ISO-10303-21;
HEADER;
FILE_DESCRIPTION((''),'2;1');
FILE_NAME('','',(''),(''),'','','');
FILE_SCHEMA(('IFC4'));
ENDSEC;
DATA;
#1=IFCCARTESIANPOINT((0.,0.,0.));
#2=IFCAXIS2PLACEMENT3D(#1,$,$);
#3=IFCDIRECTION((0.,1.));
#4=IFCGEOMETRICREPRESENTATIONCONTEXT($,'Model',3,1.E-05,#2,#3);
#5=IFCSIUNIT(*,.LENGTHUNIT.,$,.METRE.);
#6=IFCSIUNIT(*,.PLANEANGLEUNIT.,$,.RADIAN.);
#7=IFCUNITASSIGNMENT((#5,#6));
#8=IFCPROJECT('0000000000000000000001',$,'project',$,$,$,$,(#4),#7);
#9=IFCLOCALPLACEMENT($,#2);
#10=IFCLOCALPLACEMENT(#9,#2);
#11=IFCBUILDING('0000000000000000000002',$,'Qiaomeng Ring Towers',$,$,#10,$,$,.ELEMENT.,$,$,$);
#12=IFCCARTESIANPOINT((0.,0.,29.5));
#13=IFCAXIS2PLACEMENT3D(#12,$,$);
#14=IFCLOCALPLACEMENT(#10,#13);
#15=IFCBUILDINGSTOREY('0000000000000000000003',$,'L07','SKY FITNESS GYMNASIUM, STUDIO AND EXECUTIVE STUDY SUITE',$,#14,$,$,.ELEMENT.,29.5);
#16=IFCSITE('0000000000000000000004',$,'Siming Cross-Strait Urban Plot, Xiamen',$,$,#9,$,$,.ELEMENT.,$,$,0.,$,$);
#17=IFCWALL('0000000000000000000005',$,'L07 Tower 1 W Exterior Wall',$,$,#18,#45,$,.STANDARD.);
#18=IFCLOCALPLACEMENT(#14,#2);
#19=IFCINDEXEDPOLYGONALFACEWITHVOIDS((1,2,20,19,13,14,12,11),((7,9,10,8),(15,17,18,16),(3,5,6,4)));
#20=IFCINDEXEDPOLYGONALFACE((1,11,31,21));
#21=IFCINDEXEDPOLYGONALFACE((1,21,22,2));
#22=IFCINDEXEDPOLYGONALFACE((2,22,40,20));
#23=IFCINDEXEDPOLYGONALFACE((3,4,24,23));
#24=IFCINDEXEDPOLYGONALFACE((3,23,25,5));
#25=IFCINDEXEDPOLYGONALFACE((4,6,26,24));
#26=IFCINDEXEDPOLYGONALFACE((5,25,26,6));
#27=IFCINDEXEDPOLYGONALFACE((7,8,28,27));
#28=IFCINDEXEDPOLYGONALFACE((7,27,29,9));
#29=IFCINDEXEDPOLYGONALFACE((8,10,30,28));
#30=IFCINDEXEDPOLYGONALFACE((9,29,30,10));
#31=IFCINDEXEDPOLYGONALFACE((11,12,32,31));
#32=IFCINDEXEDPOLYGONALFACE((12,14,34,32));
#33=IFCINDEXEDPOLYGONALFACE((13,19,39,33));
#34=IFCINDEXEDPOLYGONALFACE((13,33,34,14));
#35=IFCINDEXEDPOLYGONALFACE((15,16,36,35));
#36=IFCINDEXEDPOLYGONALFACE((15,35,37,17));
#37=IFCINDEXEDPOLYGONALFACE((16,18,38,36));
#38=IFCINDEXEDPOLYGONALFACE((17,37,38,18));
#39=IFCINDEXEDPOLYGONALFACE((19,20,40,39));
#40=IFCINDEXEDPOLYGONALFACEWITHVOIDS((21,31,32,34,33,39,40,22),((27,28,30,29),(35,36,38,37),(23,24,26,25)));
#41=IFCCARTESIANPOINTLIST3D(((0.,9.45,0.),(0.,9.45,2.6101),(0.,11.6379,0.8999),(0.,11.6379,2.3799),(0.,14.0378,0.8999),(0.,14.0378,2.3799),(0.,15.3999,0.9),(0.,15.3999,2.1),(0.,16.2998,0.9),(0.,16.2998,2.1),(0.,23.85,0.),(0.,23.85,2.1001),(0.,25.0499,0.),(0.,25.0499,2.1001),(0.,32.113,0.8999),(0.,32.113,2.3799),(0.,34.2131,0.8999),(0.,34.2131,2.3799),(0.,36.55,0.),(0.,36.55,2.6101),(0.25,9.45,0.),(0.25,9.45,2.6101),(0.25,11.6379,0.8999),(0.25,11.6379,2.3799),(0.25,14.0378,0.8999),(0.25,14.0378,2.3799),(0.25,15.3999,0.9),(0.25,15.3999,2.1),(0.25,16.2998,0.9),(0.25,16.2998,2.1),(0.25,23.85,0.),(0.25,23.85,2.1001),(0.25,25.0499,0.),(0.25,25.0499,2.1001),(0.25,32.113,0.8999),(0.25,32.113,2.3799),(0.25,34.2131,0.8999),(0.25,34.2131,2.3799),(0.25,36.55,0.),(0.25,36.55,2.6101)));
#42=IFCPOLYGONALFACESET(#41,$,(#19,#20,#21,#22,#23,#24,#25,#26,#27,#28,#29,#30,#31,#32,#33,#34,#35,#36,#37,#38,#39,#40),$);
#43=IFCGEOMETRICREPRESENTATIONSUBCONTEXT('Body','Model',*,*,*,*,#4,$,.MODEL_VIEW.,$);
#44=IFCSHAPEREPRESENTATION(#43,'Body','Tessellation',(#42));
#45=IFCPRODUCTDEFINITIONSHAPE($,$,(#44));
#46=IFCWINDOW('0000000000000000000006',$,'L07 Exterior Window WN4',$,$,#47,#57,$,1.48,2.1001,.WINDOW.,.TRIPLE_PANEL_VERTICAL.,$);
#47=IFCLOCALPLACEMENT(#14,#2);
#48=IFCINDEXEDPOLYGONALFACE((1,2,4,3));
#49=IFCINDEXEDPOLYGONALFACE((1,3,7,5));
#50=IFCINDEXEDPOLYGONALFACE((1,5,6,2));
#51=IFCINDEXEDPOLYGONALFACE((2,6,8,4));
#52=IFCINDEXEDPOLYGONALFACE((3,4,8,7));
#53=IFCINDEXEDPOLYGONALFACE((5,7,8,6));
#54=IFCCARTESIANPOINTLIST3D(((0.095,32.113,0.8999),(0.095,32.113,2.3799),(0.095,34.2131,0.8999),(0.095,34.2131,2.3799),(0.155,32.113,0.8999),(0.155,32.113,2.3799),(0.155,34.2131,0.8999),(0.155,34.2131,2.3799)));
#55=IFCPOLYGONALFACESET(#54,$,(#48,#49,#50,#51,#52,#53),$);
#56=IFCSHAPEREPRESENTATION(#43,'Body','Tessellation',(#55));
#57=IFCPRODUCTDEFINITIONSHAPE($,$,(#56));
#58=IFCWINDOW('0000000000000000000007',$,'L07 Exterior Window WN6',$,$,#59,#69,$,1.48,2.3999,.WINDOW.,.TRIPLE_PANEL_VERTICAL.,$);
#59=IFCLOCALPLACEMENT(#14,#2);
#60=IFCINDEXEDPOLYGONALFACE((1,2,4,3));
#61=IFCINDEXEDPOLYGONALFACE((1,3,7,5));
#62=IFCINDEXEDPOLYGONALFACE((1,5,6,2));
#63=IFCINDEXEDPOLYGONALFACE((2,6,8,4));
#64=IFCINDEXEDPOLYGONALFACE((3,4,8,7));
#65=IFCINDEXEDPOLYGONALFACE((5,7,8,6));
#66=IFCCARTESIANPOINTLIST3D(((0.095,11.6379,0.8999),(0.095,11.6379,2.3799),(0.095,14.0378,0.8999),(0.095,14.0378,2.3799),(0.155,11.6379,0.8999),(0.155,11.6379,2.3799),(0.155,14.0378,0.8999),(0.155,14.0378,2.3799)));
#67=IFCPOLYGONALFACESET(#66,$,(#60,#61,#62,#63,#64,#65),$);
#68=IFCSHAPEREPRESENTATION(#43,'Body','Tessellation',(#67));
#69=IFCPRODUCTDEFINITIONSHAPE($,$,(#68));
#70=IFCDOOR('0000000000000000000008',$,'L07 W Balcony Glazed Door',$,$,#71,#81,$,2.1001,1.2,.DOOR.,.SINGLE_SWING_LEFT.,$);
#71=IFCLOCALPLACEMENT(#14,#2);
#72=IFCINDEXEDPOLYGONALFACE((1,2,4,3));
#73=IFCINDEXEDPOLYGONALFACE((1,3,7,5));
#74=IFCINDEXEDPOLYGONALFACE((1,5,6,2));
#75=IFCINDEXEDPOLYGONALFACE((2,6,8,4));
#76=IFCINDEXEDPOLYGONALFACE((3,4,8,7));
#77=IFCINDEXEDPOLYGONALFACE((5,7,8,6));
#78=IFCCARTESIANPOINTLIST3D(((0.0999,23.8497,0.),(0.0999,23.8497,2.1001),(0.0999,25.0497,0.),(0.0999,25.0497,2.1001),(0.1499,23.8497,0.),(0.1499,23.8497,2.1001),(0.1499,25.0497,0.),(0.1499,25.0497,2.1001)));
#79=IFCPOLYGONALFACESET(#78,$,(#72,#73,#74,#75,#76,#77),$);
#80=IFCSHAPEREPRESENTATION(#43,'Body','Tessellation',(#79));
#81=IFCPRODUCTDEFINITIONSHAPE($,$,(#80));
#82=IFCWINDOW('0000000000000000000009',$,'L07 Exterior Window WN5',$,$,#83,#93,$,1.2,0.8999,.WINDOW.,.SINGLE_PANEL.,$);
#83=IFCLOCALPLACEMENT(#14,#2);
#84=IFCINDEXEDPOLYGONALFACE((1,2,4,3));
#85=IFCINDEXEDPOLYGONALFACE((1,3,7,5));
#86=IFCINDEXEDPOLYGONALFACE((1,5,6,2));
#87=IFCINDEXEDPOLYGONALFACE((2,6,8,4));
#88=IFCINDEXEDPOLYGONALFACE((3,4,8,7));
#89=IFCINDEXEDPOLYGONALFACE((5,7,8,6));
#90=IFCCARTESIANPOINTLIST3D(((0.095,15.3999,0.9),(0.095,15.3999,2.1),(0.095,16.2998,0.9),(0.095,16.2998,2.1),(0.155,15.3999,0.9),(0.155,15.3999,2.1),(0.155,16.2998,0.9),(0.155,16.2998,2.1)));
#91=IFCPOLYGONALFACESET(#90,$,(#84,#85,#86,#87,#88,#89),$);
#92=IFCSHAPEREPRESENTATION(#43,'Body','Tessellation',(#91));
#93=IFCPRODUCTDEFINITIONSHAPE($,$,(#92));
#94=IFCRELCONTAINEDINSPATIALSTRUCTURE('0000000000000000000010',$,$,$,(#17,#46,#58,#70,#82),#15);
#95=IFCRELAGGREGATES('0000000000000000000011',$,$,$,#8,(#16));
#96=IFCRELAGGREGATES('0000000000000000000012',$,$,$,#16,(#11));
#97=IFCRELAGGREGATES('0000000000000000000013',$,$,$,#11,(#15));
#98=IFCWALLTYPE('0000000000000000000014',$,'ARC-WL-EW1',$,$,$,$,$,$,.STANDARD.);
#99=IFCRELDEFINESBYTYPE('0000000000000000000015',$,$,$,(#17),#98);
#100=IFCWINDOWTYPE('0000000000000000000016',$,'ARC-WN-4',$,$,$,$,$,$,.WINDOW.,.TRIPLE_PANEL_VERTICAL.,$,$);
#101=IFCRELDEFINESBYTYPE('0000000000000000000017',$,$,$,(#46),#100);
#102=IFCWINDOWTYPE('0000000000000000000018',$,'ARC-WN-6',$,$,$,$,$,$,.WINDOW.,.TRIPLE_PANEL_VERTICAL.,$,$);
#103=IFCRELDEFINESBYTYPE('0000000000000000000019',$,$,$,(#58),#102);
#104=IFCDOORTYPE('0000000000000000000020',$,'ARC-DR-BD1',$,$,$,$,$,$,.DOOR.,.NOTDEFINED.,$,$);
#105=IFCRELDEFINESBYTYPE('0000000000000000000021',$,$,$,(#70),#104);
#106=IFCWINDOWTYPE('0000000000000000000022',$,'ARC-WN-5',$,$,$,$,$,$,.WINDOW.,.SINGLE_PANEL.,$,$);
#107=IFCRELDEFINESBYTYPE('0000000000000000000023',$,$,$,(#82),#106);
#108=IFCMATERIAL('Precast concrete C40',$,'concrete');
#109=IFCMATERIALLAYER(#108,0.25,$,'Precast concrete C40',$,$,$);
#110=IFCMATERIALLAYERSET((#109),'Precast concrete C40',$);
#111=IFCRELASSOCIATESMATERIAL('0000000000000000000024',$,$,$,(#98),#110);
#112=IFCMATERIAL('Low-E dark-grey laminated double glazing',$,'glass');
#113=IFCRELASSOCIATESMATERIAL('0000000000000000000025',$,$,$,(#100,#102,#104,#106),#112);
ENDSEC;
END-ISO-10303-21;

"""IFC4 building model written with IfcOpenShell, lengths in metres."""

from ifc_helpers import new_model, si_unit, direction, frame, frame_2d, origin, place, context, subcontext, project, spatial, rectangle, extrude, source, transform, mapped, material, layer, layer_set, type_object, element, fill, save


model = new_model("IFC4")

# Units and contexts
model_context = context("Model", 3, precision=1e-05, world=origin(), true_north=direction((0.0, 1.0)))
body_context = subcontext(model_context, "Body", "Model", "MODEL_VIEW")
ifc_project = project(units=[si_unit("LENGTHUNIT", "METRE"), si_unit("PLANEANGLEUNIT", "RADIAN")], contexts=[model_context])

# Site, building, storey
site_placement = place(None, origin())
site = spatial("IfcSite", under=ifc_project, at=site_placement, Name="Siming Cross-Strait Urban Plot, Xiamen", CompositionType="ELEMENT", RefElevation=0.0)
building_placement = place(site_placement, origin())
building = spatial("IfcBuilding", under=site, at=building_placement, Name="Qiaomeng Ring Towers", CompositionType="ELEMENT")
storey_placement = place(building_placement, frame((0.0, 0.0, 29.5)))
storey = spatial("IfcBuildingStorey", under=building, at=storey_placement, Name="L07", Description="SKY FITNESS GYMNASIUM, STUDIO AND EXECUTIVE STUDY SUITE", CompositionType="ELEMENT", Elevation=29.5)

# Wall, openings, windows, door
ifc_material_1 = material(Name="Precast concrete C40", Category="concrete")
ifc_layer_1 = layer(ifc_material_1, 0.25, Name="Precast concrete C40")
ifc_layer_set_1 = layer_set([ifc_layer_1], Name="Precast concrete C40")
wall_type_1 = type_object("IfcWallType", Name="ARC-WL-EW1", PredefinedType="STANDARD", material=ifc_layer_set_1)
wall_1_placement = place(storey_placement, frame((0.125, 9.45, 0.0), z_axis=(0.0, 0.0, 1.0), x_axis=(0.0, 1.0, 0.0)))
wall_1 = element("IfcWall", 1, at=wall_1_placement, inside=storey, type_object=wall_type_1, Name="L07 Tower 1 W Exterior Wall", PredefinedType="STANDARD", context=body_context, shape_type="SweptSolid", body=[
    extrude(rectangle(XDim=27.1001, YDim=0.25, at=frame_2d((13.55, 0.0))), origin(), (0.0, 0.0, 1.0), 2.6101),
])
opening_1_placement = place(wall_1_placement, frame((14.3999, 0.0, 0.0)))
opening_1 = element("IfcOpeningElement", 2, at=opening_1_placement, cuts=wall_1, PredefinedType="OPENING", context=body_context, shape_type="SweptSolid", body=[
    extrude(rectangle(XDim=1.2, YDim=2.1001, at=frame_2d((0.6001, 1.05))), frame((0.0, 0.135, 0.0), z_axis=(0.0, -1.0, 0.0), x_axis=(1.0, 0.0, 0.0)), (0.0, 0.0, 1.0), 0.27),
])
opening_2_placement = place(wall_1_placement, frame((2.188, 0.0, 0.8999)))
opening_2 = element("IfcOpeningElement", 3, at=opening_2_placement, cuts=wall_1, PredefinedType="OPENING", context=body_context, shape_type="SweptSolid", body=[
    extrude(rectangle(XDim=2.3999, YDim=1.48, at=frame_2d((1.2, 0.74))), frame((0.0, 0.135, 0.0), z_axis=(0.0, -1.0, 0.0), x_axis=(1.0, 0.0, 0.0)), (0.0, 0.0, 1.0), 0.27),
])
opening_3_placement = place(wall_1_placement, frame((22.6631, 0.0, 0.8999)))
opening_3 = element("IfcOpeningElement", 4, at=opening_3_placement, cuts=wall_1, PredefinedType="OPENING", context=body_context, shape_type="SweptSolid", body=[
    extrude(rectangle(XDim=2.1001, YDim=1.48, at=frame_2d((1.05, 0.74))), frame((0.0, 0.135, 0.0), z_axis=(0.0, -1.0, 0.0), x_axis=(1.0, 0.0, 0.0)), (0.0, 0.0, 1.0), 0.27),
])
opening_4_placement = place(wall_1_placement, frame((5.95, 0.0, 0.8999)))
opening_4 = element("IfcOpeningElement", 5, at=opening_4_placement, cuts=wall_1, PredefinedType="OPENING", context=body_context, shape_type="SweptSolid", body=[
    extrude(rectangle(XDim=0.8999, YDim=1.2, at=frame_2d((0.45, 0.6001))), frame((0.0, 0.135, 0.0), z_axis=(0.0, -1.0, 0.0), x_axis=(1.0, 0.0, 0.0)), (0.0, 0.0, 1.0), 0.27),
])
ifc_material_2 = material(Name="Low-E dark-grey laminated double glazing", Category="glass")
window_type_1 = type_object("IfcWindowType", Name="ARC-WN-4", PartitioningType="TRIPLE_PANEL_VERTICAL", PredefinedType="WINDOW", material=ifc_material_2)
shared_shape_1 = source(origin(), body_context, "Body", "SweptSolid", [
    extrude(rectangle(XDim=2.1001, YDim=1.48, at=frame_2d((1.05, 0.74))), frame((0.0, 0.03, 0.0), z_axis=(0.0, -1.0, 0.0), x_axis=(1.0, 0.0, 0.0)), (0.0, 0.0, 1.0), 0.0601),
])
window_1_placement = place(opening_3_placement, origin())
window_1 = element("IfcWindow", 6, at=window_1_placement, inside=storey, type_object=window_type_1, Name="L07 Exterior Window WN4", OverallHeight=1.48, OverallWidth=2.1001, PartitioningType="TRIPLE_PANEL_VERTICAL", PredefinedType="WINDOW", context=body_context, shape_type="MappedRepresentation", body=[
    mapped(shared_shape_1, transform((0.0, 0.0, 0.0), x_axis=(1.0, 0.0, 0.0), y_axis=(0.0, 1.0, 0.0), z_axis=(0.0, 0.0, 1.0), scale=1.0)),
])
fill(opening_3, window_1)
window_type_2 = type_object("IfcWindowType", Name="ARC-WN-6", PartitioningType="TRIPLE_PANEL_VERTICAL", PredefinedType="WINDOW", material=ifc_material_2)
shared_shape_2 = source(origin(), body_context, "Body", "SweptSolid", [
    extrude(rectangle(XDim=2.3999, YDim=1.48, at=frame_2d((1.2, 0.74))), frame((0.0, 0.03, 0.0), z_axis=(0.0, -1.0, 0.0), x_axis=(1.0, 0.0, 0.0)), (0.0, 0.0, 1.0), 0.0601),
])
window_2_placement = place(opening_2_placement, origin())
window_2 = element("IfcWindow", 7, at=window_2_placement, inside=storey, type_object=window_type_2, Name="L07 Exterior Window WN6", OverallHeight=1.48, OverallWidth=2.3999, PartitioningType="TRIPLE_PANEL_VERTICAL", PredefinedType="WINDOW", context=body_context, shape_type="MappedRepresentation", body=[
    mapped(shared_shape_2, transform((0.0, 0.0, 0.0), x_axis=(1.0, 0.0, 0.0), y_axis=(0.0, 1.0, 0.0), z_axis=(0.0, 0.0, 1.0), scale=1.0)),
])
fill(opening_2, window_2)
door_type_1 = type_object("IfcDoorType", Name="ARC-DR-BD1", OperationType="NOTDEFINED", PredefinedType="DOOR", material=ifc_material_2)
shared_shape_3 = source(origin(), body_context, "Body", "SweptSolid", [
    extrude(rectangle(XDim=1.2, YDim=2.1001, at=frame_2d((0.6001, 1.05))), frame((0.0, 0.0249, 0.0), z_axis=(0.0, -1.0, 0.0), x_axis=(1.0, 0.0, 0.0)), (0.0, 0.0, 1.0), 0.05),
])
door_1_placement = place(opening_1_placement, frame((1.2, 0.0, 0.0), z_axis=(0.0, 0.0, 1.0), x_axis=(-1.0, 0.0, 0.0)))
door_1 = element("IfcDoor", 8, at=door_1_placement, inside=storey, type_object=door_type_1, Name="L07 W Balcony Glazed Door", OperationType="SINGLE_SWING_LEFT", OverallHeight=2.1001, OverallWidth=1.2, PredefinedType="DOOR", context=body_context, shape_type="MappedRepresentation", body=[
    mapped(shared_shape_3, transform((0.0, 0.0, 0.0), x_axis=(1.0, 0.0, 0.0), y_axis=(0.0, 1.0, 0.0), z_axis=(0.0, 0.0, 1.0), scale=1.0)),
])
fill(opening_1, door_1)
window_type_3 = type_object("IfcWindowType", Name="ARC-WN-5", PartitioningType="SINGLE_PANEL", PredefinedType="WINDOW", material=ifc_material_2)
shared_shape_4 = source(origin(), body_context, "Body", "SweptSolid", [
    extrude(rectangle(XDim=0.8999, YDim=1.2, at=frame_2d((0.45, 0.6001))), frame((0.0, 0.03, 0.0), z_axis=(0.0, -1.0, 0.0), x_axis=(1.0, 0.0, 0.0)), (0.0, 0.0, 1.0), 0.0601),
])
window_3_placement = place(opening_4_placement, origin())
window_3 = element("IfcWindow", 9, at=window_3_placement, inside=storey, type_object=window_type_3, Name="L07 Exterior Window WN5", OverallHeight=1.2, OverallWidth=0.8999, PartitioningType="SINGLE_PANEL", PredefinedType="WINDOW", context=body_context, shape_type="MappedRepresentation", body=[
    mapped(shared_shape_4, transform((0.0, 0.0, 0.0), x_axis=(1.0, 0.0, 0.0), y_axis=(0.0, 1.0, 0.0), z_axis=(0.0, 0.0, 1.0), scale=1.0)),
])
fill(opening_4, window_3)

save(model, "model.ifc")
